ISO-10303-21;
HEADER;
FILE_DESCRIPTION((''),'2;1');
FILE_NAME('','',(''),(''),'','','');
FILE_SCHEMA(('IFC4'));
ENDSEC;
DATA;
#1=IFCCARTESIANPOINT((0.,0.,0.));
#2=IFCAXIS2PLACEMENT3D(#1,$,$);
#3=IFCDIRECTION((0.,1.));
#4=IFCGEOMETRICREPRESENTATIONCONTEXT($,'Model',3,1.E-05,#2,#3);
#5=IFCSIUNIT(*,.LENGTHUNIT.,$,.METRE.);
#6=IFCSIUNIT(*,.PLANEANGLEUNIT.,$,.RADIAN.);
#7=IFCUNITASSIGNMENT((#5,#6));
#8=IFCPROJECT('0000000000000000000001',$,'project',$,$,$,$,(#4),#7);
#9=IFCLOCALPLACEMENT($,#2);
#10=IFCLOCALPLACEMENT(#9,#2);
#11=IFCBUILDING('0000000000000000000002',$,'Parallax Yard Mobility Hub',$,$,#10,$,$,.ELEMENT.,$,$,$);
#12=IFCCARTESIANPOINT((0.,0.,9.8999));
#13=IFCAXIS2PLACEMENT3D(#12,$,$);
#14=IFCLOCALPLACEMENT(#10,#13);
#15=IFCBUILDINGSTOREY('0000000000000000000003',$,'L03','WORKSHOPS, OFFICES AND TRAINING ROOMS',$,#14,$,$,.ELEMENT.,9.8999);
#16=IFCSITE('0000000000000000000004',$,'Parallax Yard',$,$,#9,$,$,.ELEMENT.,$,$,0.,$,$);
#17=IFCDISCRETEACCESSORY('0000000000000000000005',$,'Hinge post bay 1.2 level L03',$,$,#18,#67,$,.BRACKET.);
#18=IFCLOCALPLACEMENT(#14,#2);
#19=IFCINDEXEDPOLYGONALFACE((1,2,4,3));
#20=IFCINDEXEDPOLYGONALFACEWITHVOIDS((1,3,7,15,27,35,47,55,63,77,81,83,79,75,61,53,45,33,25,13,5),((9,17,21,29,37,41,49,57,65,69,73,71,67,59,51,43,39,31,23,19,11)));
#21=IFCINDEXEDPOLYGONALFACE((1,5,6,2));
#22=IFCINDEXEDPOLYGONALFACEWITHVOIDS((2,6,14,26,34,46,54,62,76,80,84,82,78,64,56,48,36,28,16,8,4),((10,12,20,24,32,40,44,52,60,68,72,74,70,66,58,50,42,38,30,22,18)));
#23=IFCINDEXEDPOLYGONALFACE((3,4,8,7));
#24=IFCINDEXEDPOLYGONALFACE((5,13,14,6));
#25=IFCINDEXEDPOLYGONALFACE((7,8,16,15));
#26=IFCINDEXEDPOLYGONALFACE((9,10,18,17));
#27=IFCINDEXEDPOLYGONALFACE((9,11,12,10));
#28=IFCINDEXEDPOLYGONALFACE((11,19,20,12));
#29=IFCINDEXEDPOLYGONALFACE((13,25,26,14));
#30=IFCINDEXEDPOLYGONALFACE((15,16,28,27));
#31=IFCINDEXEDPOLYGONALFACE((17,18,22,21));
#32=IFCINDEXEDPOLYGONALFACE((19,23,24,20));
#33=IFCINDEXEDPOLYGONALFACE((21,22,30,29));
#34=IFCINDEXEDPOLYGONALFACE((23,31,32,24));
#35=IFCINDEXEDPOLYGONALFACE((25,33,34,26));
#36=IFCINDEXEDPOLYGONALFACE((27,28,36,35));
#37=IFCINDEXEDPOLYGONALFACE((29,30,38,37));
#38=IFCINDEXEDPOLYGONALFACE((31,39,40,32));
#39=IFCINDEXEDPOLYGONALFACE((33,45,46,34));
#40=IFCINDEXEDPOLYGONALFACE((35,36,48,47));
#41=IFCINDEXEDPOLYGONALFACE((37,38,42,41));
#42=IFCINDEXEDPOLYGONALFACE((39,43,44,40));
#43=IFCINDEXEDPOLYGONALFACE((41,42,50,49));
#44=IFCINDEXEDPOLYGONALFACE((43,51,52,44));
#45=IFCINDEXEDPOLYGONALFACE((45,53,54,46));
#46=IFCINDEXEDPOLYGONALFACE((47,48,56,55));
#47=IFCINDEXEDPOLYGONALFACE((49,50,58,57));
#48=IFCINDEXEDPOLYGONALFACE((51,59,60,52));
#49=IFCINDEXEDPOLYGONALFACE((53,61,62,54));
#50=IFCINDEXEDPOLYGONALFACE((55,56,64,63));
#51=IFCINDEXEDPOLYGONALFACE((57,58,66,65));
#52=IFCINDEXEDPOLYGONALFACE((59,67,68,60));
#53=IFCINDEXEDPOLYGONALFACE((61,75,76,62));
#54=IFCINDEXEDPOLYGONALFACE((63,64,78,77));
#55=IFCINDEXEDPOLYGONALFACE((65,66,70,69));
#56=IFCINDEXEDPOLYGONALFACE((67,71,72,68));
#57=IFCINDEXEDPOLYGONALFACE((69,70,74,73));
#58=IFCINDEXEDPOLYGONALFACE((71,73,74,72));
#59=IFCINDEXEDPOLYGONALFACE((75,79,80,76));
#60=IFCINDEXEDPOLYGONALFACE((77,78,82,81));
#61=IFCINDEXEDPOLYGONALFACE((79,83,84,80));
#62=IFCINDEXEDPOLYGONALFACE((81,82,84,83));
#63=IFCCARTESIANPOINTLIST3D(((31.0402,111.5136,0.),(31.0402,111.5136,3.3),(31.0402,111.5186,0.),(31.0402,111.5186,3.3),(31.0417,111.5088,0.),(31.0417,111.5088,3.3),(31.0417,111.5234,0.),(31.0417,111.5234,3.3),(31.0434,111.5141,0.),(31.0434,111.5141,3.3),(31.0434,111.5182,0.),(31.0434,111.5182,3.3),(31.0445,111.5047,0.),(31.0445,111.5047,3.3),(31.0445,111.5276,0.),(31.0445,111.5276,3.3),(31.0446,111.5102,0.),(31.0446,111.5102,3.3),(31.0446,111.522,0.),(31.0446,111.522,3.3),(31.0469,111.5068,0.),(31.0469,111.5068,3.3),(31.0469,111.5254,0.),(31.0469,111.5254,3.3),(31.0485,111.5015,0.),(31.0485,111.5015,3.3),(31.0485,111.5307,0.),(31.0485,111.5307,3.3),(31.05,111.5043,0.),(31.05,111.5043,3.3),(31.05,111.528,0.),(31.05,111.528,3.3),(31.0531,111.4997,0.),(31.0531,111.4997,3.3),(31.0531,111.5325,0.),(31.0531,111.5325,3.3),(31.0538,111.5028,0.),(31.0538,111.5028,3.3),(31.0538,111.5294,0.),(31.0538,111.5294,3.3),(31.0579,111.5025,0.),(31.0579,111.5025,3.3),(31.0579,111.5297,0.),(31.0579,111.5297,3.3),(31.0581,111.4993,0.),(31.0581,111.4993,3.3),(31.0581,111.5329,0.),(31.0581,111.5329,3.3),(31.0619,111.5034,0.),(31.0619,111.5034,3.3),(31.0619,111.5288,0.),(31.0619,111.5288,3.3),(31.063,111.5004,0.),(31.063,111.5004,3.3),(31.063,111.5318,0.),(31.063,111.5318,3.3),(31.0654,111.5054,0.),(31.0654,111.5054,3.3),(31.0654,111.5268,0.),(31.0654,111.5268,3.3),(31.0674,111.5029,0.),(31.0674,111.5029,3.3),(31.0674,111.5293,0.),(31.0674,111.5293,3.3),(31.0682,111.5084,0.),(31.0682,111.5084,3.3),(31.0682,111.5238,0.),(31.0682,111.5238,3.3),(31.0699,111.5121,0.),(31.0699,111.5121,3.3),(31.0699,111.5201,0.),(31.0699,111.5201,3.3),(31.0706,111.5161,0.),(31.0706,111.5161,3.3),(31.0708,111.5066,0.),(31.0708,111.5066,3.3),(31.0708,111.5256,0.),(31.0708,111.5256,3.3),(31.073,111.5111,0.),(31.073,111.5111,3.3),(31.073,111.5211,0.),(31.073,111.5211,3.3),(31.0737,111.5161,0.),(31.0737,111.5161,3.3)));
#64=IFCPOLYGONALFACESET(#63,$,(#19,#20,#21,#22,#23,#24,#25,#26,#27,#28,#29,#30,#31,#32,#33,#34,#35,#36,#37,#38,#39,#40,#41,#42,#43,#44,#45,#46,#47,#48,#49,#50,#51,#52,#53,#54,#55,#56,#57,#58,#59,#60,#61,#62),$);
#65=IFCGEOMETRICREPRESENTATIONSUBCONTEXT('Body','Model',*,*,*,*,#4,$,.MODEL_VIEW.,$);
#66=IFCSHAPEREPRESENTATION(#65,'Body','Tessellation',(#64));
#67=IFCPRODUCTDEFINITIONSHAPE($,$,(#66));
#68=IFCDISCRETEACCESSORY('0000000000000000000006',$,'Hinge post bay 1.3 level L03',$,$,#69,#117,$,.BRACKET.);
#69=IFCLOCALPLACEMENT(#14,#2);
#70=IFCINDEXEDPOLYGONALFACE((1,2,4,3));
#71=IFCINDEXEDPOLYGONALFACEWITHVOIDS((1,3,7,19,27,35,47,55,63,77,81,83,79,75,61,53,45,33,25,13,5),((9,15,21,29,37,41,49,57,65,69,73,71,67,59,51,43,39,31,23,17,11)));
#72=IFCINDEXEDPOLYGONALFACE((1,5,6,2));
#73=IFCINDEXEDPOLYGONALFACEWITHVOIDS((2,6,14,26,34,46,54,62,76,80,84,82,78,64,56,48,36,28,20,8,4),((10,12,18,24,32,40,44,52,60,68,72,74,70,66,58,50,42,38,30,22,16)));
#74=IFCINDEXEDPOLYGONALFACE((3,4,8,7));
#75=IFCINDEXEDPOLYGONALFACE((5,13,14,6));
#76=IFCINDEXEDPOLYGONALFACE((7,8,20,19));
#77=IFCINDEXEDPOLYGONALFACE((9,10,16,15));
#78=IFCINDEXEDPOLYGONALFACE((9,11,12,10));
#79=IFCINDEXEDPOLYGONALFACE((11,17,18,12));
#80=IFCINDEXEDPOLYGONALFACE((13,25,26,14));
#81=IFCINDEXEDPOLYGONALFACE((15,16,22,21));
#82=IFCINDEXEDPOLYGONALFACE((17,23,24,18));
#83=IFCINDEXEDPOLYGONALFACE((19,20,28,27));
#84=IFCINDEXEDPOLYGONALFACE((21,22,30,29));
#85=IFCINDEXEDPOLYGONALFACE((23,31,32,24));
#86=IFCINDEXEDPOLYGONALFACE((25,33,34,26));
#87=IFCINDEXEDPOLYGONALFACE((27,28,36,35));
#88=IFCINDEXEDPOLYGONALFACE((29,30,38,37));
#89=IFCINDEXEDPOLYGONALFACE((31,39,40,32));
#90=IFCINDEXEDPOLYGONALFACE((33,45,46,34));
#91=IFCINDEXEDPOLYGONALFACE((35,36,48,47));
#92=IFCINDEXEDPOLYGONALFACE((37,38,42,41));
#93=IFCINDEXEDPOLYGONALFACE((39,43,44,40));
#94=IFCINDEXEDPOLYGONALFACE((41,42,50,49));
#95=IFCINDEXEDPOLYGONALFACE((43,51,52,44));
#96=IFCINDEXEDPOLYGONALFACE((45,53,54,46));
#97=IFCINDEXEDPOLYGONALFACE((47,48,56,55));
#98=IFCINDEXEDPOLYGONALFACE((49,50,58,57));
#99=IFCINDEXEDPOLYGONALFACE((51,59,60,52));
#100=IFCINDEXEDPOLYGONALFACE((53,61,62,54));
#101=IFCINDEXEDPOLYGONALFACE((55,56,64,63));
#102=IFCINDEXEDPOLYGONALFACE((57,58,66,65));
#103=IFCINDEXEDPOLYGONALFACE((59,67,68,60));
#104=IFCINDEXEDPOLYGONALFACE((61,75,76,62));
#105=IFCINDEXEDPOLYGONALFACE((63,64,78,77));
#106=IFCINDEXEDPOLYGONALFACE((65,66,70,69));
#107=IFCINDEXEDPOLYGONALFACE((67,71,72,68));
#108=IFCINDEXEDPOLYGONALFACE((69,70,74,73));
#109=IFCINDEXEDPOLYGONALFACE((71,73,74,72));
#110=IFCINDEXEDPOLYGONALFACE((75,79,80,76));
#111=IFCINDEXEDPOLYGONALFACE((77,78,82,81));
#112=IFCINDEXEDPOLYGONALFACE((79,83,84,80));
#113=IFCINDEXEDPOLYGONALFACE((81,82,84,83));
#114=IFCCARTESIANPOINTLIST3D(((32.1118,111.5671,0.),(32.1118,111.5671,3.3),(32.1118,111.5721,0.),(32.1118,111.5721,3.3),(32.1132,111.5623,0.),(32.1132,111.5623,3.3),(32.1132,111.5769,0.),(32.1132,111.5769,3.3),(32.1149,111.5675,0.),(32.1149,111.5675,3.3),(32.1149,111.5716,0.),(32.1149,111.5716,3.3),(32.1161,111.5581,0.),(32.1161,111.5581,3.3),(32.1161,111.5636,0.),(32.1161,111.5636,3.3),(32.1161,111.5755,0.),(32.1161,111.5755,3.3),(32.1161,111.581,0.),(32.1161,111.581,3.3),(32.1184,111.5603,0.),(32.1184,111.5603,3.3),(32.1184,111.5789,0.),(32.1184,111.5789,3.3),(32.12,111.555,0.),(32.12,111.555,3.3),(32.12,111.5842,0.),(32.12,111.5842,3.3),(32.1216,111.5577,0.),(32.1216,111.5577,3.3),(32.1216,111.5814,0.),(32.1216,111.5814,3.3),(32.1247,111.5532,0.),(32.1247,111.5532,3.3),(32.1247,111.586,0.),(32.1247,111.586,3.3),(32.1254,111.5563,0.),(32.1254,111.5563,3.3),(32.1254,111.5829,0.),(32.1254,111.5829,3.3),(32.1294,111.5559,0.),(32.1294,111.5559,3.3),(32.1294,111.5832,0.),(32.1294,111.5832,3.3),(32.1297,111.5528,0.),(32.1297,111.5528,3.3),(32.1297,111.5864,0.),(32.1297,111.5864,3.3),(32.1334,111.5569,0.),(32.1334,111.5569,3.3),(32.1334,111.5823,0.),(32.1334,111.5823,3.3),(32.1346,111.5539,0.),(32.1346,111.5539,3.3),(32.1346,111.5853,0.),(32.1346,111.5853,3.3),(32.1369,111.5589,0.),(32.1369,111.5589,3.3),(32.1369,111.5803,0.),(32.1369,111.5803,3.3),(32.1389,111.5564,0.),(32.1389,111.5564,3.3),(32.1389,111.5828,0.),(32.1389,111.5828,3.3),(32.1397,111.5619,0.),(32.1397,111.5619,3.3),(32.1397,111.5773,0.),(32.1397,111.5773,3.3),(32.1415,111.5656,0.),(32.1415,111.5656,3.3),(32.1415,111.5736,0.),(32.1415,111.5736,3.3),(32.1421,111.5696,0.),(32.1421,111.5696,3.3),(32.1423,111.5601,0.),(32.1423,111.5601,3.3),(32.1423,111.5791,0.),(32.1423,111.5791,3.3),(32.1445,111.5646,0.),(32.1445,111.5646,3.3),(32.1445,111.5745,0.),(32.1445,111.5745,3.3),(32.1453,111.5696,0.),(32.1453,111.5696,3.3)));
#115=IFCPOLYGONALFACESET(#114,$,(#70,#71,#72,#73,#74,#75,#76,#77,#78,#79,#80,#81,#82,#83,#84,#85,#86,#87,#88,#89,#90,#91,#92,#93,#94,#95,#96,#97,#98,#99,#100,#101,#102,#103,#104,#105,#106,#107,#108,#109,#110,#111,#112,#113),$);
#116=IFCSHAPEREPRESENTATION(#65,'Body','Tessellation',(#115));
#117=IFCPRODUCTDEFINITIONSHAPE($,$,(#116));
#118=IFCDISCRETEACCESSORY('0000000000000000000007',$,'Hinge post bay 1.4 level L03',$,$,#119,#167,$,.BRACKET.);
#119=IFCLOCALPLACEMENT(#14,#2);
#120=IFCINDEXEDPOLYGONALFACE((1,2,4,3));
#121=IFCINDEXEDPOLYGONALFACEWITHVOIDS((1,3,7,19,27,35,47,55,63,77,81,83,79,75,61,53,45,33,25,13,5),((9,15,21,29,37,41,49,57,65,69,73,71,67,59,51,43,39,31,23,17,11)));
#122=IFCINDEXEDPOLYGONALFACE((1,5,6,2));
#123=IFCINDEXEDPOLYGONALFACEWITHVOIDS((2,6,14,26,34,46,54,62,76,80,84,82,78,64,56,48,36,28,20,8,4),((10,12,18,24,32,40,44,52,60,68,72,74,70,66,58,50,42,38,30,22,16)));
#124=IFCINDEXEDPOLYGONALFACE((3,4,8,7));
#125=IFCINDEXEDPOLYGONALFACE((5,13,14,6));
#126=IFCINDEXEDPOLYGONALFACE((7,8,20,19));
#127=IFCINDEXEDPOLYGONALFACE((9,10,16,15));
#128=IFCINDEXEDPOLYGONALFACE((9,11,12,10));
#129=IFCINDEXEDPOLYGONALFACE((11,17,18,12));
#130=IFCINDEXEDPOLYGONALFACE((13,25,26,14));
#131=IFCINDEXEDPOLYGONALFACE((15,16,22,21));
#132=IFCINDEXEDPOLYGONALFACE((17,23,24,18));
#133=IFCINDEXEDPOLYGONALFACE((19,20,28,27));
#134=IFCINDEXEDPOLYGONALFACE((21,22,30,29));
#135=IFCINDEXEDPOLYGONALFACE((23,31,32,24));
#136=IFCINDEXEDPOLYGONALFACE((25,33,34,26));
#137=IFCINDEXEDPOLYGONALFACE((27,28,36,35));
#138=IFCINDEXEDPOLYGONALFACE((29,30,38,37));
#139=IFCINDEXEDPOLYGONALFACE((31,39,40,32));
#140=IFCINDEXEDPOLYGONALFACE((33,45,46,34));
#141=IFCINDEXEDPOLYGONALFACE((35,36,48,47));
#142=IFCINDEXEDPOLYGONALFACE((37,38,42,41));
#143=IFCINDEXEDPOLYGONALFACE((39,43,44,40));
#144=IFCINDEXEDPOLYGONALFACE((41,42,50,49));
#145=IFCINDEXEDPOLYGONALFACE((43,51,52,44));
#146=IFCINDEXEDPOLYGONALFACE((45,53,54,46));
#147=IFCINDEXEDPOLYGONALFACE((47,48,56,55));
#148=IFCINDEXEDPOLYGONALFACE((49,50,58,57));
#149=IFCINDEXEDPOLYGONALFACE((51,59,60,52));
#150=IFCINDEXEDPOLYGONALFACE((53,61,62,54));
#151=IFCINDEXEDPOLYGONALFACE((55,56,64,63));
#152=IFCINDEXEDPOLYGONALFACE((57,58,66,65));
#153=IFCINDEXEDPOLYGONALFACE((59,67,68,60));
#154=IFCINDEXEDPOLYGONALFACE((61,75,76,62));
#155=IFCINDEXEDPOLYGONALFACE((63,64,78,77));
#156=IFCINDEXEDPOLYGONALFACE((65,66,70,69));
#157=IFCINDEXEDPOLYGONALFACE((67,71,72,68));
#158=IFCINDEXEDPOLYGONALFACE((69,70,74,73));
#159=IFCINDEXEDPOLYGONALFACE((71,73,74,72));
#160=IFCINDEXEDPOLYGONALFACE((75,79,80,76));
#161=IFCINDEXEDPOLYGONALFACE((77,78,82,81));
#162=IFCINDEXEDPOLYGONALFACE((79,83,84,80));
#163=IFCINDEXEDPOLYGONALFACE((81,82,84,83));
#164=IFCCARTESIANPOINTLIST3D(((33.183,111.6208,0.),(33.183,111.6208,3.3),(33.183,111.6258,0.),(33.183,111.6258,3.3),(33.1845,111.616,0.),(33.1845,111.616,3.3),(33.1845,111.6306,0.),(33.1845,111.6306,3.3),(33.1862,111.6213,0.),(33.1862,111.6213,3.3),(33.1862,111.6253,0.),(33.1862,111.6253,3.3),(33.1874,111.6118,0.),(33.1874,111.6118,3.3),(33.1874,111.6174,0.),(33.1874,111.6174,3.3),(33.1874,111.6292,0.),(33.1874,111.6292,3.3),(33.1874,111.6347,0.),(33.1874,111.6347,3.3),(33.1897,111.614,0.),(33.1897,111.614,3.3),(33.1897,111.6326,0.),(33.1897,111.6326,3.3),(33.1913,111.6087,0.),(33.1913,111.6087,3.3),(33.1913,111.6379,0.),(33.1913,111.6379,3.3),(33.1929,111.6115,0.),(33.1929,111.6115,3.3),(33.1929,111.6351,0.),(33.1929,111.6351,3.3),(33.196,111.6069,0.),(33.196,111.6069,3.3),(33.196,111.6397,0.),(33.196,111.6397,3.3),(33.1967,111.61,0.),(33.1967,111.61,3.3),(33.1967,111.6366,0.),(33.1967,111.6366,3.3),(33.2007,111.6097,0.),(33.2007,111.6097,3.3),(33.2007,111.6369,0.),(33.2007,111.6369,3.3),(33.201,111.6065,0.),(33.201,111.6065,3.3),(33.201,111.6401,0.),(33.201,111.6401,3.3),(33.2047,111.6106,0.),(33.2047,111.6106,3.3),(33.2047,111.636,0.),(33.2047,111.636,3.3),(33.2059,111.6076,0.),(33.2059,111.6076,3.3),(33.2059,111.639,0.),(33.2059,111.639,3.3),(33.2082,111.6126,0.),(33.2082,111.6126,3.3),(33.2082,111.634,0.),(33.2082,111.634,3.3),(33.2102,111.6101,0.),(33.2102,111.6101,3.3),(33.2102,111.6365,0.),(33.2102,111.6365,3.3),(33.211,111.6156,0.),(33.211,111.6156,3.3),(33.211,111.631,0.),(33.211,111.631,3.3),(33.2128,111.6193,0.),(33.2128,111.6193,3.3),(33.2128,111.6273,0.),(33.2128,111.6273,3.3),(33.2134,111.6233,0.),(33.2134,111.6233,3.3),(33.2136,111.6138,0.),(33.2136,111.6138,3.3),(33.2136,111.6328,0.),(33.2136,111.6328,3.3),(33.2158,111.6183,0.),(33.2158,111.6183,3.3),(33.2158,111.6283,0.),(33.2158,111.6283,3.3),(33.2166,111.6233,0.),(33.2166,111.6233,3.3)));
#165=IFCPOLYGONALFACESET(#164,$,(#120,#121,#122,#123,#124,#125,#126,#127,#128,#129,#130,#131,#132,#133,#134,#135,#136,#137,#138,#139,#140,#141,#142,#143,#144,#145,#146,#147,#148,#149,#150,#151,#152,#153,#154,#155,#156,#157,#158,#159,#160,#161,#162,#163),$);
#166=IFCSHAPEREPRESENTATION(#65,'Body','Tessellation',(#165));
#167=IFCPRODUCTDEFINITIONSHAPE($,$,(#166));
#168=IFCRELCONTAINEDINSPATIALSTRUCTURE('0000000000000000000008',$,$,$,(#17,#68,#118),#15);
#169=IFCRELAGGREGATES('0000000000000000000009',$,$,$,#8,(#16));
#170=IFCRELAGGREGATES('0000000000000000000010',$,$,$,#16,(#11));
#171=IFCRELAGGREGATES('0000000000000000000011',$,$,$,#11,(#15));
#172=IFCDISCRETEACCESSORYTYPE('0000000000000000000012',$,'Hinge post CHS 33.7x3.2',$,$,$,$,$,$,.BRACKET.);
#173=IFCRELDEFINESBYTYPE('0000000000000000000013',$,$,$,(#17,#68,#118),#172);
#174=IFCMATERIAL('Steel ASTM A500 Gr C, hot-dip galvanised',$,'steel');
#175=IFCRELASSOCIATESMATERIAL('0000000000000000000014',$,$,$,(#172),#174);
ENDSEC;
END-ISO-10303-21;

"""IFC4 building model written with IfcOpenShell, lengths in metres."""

from ifc_helpers import new_model, si_unit, direction, frame, origin, origin_2d, place, context, subcontext, project, spatial, hollow_circle, extrude, material, material_profile, profile_set, type_object, element, save


model = new_model("IFC4")

# Units and contexts
model_context = context("Model", 3, precision=1e-05, world=origin(), true_north=direction((0.0, 1.0)))
body_context = subcontext(model_context, "Body", "Model", "MODEL_VIEW")
ifc_project = project(units=[si_unit("LENGTHUNIT", "METRE"), si_unit("PLANEANGLEUNIT", "RADIAN")], contexts=[model_context])

# Site, building, storey
site_placement = place(None, origin())
site = spatial("IfcSite", under=ifc_project, at=site_placement, Name="Parallax Yard", CompositionType="ELEMENT", RefElevation=0.0)
building_placement = place(site_placement, origin())
building = spatial("IfcBuilding", under=site, at=building_placement, Name="Parallax Yard Mobility Hub", CompositionType="ELEMENT")
storey_placement = place(building_placement, frame((0.0, 0.0, 9.8999)))
storey = spatial("IfcBuildingStorey", under=building, at=storey_placement, Name="L03", Description="WORKSHOPS, OFFICES AND TRAINING ROOMS", CompositionType="ELEMENT", Elevation=9.8999)

# Discrete accessories
ifc_material_1 = material(Name="Steel ASTM A500 Gr C, hot-dip galvanised", Category="steel")
ifc_material_profile = material_profile(ifc_material_1, hollow_circle(Radius=0.0168, WallThickness=0.0032, at=origin_2d()), Name="CHS 33.7x3.2")
ifc_profile_set = profile_set([ifc_material_profile], Name="Steel ASTM A500 Gr C, hot-dip galvanised")
discrete_accessory_type_1 = type_object("IfcDiscreteAccessoryType", Name="Hinge post CHS 33.7x3.2", PredefinedType="BRACKET", material=ifc_profile_set)
for number, where, z_axis, x_axis, name in (
    (1, (31.0569, 111.5161, 0.0), (0.0, 0.0, 1.0), (1.0, 0.0, 0.0), "Hinge post bay 1.2 level L03"),
    (2, (32.1284, 111.5696, 0.0), (0.0, 0.0, 1.0), (1.0, 0.0, 0.0), "Hinge post bay 1.3 level L03"),
    (3, (33.1997, 111.6233, 0.0), (0.0, 0.0, 1.0), (1.0, 0.0, 0.0), "Hinge post bay 1.4 level L03"),
):
    element("IfcDiscreteAccessory", number, at=place(storey_placement, frame(where, z_axis=z_axis, x_axis=x_axis)), inside=storey, type_object=discrete_accessory_type_1, Name=name, PredefinedType="BRACKET", context=body_context, shape_type="SweptSolid", body=[
        extrude(hollow_circle(Radius=0.0168, WallThickness=0.0032, at=origin_2d()), origin(), (0.0, 0.0, 1.0), 3.3),
    ])

save(model, "model.ifc")
